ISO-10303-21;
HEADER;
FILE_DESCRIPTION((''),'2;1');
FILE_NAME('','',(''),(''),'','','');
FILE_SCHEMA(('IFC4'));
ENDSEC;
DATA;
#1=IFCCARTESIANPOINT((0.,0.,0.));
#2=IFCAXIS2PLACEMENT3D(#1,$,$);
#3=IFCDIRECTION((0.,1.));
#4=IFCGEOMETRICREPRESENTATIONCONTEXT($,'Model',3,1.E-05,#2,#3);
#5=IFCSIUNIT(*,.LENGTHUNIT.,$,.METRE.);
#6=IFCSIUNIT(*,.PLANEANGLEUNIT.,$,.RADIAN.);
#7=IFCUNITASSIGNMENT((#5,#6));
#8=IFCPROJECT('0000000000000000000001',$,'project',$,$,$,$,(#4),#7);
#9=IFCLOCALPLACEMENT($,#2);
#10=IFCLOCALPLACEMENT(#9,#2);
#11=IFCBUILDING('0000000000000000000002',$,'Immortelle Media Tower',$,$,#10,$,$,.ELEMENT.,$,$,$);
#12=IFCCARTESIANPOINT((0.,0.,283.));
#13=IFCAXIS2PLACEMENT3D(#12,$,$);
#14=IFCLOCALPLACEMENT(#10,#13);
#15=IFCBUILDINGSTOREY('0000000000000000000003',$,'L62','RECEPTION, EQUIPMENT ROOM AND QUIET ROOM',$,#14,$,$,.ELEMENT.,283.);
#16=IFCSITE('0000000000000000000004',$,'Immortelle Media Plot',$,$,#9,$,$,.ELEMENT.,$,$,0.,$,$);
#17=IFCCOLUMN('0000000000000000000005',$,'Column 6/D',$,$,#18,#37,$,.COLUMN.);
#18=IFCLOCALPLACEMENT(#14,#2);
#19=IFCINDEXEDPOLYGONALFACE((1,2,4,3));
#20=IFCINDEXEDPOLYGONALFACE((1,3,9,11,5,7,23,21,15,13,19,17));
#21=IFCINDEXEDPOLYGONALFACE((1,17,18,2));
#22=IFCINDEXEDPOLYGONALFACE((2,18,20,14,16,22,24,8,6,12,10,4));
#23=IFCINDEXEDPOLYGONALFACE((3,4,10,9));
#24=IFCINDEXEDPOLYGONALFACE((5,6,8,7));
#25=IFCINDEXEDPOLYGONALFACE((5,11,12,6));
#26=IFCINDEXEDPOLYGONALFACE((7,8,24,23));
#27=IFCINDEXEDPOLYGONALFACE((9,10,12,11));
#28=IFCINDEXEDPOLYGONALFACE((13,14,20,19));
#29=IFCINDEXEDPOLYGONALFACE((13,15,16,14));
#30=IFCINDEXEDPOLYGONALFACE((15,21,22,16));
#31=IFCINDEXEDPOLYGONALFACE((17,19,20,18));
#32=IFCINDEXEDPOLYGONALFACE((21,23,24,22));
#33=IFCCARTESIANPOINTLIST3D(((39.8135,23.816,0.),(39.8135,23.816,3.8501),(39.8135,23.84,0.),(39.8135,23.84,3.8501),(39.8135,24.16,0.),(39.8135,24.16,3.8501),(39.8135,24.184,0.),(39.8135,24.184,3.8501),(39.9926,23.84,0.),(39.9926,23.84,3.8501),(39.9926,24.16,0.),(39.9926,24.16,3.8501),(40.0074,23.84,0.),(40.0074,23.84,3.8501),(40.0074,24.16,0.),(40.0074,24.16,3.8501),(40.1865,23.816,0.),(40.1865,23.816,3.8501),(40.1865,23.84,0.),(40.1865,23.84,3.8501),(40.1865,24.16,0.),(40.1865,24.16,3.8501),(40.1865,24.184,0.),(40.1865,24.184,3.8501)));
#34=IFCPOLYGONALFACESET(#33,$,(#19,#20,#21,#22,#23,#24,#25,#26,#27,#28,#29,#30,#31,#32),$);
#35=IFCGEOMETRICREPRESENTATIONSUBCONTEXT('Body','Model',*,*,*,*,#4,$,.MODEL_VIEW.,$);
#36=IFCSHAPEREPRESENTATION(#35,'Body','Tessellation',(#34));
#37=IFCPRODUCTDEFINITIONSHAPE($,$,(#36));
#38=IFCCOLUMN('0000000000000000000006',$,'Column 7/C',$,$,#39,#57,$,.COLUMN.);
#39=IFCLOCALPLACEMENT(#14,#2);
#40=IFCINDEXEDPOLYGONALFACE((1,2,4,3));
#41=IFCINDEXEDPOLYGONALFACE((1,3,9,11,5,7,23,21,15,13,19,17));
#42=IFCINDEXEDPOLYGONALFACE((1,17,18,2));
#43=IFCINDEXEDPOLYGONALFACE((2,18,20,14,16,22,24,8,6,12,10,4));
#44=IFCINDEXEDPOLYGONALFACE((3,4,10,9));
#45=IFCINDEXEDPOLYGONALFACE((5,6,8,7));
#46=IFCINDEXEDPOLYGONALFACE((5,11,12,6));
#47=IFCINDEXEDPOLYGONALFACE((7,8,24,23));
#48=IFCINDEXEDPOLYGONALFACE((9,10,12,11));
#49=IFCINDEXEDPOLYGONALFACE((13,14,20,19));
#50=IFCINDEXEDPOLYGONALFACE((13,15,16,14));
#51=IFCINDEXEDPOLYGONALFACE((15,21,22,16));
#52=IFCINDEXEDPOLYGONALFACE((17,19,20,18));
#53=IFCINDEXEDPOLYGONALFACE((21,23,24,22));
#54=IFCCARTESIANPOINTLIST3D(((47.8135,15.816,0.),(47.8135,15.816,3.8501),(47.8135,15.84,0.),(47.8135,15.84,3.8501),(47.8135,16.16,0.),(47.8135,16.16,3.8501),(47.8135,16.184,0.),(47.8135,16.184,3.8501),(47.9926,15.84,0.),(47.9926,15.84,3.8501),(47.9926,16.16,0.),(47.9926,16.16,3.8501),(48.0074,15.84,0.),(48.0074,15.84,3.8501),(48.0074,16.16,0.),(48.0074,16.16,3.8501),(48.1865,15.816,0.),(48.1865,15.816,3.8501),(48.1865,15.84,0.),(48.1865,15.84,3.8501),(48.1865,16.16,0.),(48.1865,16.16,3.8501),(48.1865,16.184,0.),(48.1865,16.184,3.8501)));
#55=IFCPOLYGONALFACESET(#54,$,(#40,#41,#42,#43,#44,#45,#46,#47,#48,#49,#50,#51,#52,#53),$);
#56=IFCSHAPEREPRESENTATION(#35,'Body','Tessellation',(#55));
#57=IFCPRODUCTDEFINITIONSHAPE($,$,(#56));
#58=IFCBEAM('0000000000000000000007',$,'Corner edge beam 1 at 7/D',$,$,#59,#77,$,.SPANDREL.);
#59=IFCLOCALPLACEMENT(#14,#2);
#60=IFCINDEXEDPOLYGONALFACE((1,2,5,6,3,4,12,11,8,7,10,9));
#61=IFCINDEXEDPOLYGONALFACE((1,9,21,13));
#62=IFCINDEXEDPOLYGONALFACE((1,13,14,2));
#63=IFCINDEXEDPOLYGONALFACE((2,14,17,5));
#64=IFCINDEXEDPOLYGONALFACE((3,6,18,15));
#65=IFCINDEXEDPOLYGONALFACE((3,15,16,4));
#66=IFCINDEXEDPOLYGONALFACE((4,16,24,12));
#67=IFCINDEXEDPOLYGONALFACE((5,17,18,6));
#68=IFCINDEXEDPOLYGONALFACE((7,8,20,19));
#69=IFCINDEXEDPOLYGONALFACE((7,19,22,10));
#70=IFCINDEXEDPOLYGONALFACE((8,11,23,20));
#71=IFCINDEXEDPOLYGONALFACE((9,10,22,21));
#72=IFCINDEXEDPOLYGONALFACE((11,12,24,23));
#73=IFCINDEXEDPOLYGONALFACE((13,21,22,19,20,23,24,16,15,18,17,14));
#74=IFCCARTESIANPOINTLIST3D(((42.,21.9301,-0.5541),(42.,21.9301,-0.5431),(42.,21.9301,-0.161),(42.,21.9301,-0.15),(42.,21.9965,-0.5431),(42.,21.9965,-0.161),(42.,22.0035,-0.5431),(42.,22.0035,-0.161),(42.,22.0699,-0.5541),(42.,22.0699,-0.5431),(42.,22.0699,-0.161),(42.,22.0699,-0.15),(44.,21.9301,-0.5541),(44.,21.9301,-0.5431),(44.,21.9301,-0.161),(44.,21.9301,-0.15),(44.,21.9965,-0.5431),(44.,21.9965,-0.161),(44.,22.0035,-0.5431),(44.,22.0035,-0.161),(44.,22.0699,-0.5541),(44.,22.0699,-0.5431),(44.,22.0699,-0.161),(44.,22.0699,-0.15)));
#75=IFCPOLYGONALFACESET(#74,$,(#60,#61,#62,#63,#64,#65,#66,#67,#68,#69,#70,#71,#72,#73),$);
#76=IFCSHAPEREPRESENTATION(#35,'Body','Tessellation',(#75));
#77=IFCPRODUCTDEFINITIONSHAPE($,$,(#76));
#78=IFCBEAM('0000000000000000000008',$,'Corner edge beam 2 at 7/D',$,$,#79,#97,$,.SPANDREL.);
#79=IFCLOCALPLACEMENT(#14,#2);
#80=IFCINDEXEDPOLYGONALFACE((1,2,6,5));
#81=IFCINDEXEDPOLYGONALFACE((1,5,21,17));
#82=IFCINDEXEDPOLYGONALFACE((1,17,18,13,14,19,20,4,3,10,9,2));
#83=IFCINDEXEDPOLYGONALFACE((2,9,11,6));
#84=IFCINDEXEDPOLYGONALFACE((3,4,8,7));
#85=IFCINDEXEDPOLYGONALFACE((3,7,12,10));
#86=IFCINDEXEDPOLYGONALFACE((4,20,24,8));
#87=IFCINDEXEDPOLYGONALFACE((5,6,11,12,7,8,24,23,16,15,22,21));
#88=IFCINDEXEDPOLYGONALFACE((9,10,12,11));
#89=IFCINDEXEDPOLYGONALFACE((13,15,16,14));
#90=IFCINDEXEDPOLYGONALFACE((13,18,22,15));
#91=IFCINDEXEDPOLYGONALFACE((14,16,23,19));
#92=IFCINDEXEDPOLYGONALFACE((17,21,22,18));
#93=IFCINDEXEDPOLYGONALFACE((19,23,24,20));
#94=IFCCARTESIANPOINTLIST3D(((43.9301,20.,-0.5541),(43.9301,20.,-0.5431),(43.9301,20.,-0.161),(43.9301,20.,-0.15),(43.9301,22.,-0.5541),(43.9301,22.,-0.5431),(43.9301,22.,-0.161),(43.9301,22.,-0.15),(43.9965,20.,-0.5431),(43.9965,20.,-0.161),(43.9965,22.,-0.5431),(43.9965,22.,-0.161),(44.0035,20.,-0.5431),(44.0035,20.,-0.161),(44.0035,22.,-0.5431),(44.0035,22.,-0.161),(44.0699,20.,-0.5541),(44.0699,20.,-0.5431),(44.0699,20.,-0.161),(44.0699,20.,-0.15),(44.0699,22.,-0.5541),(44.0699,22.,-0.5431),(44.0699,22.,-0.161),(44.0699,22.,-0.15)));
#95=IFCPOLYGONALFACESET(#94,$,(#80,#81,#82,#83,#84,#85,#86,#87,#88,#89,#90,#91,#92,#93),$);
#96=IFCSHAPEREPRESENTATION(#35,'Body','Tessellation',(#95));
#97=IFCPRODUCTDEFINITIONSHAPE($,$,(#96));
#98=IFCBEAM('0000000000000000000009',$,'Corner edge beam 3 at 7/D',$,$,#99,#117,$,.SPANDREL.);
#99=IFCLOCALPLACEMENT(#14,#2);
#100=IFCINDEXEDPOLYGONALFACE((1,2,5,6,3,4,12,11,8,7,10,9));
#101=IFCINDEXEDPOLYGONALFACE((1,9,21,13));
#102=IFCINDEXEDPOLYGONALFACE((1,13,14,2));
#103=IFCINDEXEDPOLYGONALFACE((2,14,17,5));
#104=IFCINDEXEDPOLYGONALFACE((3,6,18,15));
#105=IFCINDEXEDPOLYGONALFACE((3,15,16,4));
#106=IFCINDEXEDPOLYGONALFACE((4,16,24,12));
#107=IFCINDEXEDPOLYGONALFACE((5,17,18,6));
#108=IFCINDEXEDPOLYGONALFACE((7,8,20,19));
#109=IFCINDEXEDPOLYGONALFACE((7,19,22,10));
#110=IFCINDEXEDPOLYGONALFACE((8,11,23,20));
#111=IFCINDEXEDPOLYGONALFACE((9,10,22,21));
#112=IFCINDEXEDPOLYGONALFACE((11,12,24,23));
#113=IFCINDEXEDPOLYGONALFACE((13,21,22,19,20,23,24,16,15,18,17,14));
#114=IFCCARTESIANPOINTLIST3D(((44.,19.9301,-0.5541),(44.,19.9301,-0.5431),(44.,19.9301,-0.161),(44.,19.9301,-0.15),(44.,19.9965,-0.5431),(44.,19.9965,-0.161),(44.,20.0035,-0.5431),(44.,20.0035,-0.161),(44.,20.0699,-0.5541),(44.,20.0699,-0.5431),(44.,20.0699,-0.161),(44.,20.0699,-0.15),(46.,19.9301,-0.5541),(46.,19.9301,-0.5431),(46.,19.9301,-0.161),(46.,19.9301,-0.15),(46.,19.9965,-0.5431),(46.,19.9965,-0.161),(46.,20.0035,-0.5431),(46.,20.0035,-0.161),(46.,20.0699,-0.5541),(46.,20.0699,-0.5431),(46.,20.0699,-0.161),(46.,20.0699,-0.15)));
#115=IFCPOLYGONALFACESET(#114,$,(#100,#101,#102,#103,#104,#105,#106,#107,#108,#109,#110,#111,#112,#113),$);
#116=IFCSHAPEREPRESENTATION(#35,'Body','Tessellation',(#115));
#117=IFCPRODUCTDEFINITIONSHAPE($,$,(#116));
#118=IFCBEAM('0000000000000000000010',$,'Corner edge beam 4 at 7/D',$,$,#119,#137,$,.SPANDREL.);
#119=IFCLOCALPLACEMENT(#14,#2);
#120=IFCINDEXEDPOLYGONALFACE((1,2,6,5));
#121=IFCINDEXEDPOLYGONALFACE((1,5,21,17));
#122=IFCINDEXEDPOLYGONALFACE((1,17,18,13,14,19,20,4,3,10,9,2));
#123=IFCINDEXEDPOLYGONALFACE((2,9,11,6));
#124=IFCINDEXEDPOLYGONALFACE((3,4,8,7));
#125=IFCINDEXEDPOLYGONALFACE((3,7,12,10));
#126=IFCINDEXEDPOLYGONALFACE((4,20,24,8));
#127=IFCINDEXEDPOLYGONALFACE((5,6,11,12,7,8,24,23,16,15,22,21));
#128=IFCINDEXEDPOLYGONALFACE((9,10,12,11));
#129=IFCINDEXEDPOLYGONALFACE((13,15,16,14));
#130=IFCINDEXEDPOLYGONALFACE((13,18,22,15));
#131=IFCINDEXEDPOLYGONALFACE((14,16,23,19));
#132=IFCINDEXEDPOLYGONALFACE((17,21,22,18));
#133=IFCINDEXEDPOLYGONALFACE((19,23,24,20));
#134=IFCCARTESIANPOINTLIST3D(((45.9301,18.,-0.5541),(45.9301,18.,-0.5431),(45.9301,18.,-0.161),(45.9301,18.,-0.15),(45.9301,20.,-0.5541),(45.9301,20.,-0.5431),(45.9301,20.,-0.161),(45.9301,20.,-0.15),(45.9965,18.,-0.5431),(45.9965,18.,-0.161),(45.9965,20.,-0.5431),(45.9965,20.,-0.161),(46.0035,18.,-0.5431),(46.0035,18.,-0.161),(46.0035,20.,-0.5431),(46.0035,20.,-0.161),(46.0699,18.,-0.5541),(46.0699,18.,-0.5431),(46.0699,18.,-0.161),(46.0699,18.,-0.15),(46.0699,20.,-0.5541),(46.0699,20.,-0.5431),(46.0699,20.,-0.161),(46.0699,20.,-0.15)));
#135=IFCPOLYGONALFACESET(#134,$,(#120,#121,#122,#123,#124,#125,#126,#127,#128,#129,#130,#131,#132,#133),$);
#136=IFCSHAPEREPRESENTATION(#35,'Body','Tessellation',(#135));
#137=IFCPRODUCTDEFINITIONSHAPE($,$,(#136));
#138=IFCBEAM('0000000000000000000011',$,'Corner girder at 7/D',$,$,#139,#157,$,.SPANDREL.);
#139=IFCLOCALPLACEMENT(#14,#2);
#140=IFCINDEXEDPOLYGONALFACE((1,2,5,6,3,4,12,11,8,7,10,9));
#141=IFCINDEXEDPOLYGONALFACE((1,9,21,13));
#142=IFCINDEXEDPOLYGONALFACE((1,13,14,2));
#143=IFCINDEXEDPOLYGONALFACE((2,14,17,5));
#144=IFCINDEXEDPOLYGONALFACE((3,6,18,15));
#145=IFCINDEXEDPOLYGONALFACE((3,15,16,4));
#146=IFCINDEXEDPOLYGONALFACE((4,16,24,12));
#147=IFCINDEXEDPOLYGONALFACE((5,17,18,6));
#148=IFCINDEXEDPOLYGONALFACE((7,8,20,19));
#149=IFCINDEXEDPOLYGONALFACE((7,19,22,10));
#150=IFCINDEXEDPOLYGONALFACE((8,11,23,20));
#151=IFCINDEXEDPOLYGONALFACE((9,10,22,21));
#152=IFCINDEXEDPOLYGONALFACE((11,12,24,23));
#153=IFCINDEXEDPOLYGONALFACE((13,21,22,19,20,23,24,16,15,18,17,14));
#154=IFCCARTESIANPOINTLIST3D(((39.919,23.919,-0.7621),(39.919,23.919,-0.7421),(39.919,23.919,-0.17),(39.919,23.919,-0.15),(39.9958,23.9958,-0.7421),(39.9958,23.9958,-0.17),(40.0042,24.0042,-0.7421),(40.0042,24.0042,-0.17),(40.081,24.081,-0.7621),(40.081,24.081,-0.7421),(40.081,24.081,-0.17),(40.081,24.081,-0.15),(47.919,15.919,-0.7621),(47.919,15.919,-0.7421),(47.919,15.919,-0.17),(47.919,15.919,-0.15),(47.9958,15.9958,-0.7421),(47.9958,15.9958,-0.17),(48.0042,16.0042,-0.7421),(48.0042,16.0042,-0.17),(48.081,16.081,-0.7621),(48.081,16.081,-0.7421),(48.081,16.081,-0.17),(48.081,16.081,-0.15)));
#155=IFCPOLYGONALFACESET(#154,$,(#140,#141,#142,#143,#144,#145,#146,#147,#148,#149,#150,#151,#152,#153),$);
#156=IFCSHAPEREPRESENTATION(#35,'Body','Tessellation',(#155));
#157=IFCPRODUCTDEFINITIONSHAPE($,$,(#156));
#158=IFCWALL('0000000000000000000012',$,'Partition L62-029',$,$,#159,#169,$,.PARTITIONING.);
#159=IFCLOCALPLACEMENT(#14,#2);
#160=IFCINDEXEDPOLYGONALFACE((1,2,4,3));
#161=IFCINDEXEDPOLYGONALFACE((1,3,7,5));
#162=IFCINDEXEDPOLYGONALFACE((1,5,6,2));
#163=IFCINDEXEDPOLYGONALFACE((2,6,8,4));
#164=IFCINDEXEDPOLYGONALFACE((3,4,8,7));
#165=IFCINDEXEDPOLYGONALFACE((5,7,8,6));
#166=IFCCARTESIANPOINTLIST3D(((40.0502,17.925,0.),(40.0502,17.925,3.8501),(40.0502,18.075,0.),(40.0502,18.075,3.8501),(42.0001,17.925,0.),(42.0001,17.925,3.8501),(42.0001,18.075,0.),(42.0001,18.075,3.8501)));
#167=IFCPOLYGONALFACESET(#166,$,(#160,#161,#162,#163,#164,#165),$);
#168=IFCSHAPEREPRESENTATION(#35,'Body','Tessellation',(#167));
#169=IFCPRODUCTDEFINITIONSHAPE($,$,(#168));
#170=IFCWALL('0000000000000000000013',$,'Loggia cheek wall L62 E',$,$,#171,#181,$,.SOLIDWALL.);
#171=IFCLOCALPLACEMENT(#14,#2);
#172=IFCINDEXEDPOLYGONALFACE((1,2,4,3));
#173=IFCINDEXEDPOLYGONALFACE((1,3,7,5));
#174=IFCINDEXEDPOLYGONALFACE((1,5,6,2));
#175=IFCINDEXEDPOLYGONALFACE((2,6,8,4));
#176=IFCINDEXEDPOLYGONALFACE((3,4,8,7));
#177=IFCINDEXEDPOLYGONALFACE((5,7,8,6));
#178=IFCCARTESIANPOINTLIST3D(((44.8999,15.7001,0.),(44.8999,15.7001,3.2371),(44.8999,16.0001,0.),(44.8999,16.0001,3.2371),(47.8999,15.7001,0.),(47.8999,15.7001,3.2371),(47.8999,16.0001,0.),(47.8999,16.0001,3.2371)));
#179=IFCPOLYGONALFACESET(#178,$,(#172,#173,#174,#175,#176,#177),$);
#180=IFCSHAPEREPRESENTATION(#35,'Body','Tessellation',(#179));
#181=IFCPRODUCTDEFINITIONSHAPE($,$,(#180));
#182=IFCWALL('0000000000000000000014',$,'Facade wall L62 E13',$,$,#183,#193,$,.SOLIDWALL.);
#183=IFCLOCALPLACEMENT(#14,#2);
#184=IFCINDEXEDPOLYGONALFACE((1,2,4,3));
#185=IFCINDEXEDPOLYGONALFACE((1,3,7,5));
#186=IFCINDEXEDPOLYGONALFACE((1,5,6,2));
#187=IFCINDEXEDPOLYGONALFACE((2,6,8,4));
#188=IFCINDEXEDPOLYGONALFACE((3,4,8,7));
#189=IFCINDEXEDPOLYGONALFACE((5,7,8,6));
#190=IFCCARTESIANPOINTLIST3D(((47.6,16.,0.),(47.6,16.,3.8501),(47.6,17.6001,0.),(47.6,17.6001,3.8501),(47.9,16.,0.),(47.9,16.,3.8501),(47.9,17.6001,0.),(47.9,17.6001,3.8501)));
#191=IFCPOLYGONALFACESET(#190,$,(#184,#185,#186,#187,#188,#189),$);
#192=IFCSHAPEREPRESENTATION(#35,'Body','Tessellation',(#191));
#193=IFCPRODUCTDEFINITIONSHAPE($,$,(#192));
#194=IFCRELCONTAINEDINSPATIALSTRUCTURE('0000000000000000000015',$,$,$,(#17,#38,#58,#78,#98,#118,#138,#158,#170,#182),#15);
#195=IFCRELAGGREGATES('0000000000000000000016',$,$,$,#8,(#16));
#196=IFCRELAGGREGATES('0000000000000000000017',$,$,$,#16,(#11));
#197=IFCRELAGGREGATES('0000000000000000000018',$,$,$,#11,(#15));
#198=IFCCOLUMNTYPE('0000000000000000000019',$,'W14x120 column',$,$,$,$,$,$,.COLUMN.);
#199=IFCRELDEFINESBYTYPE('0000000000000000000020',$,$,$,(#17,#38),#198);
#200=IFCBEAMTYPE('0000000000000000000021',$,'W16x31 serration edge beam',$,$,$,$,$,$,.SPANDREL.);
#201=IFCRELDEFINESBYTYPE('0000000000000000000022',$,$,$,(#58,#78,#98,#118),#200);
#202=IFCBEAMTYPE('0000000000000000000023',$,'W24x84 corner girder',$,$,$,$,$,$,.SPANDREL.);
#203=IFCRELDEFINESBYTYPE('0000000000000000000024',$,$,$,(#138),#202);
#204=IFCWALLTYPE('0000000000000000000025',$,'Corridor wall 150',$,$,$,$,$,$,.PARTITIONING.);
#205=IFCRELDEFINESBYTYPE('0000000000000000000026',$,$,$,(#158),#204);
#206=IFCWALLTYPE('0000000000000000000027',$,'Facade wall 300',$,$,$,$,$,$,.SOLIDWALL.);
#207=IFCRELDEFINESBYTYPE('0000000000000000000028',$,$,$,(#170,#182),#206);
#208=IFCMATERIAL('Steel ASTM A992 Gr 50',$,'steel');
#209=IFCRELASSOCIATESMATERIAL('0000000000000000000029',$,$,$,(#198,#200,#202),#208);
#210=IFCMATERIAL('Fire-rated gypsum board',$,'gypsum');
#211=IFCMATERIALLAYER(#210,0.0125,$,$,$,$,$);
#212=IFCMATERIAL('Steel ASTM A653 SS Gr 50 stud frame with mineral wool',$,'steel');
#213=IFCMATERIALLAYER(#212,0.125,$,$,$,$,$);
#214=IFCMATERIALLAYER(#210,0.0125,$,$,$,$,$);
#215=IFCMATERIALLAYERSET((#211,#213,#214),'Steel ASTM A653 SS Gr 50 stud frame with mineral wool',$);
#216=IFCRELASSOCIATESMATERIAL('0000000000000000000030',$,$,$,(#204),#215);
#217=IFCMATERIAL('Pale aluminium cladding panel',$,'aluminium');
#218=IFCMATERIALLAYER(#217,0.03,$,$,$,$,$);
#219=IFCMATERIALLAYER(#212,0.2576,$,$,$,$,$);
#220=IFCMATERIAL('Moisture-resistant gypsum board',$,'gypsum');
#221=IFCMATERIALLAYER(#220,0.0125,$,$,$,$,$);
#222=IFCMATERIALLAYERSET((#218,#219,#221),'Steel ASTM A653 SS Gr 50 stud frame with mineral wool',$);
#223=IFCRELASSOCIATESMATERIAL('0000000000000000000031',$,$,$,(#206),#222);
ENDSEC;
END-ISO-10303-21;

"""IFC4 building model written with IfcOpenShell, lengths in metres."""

from ifc_helpers import new_model, si_unit, direction, frame, frame_2d, origin, origin_2d, place, context, subcontext, project, spatial, rectangle, i_section, extrude, material, layer, layer_set, material_profile, profile_set, type_object, element, save


model = new_model("IFC4")

# Units and contexts
model_context = context("Model", 3, precision=1e-05, world=origin(), true_north=direction((0.0, 1.0)))
body_context = subcontext(model_context, "Body", "Model", "MODEL_VIEW")
ifc_project = project(units=[si_unit("LENGTHUNIT", "METRE"), si_unit("PLANEANGLEUNIT", "RADIAN")], contexts=[model_context])

# Site, building, storey
site_placement = place(None, origin())
site = spatial("IfcSite", under=ifc_project, at=site_placement, Name="Immortelle Media Plot", CompositionType="ELEMENT", RefElevation=0.0)
building_placement = place(site_placement, origin())
building = spatial("IfcBuilding", under=site, at=building_placement, Name="Immortelle Media Tower", CompositionType="ELEMENT")
storey_placement = place(building_placement, frame((0.0, 0.0, 283.0)))
storey = spatial("IfcBuildingStorey", under=building, at=storey_placement, Name="L62", Description="RECEPTION, EQUIPMENT ROOM AND QUIET ROOM", CompositionType="ELEMENT", Elevation=283.0)

# Columns
ifc_material_1 = material(Name="Steel ASTM A992 Gr 50", Category="steel")
ifc_material_profile_1 = material_profile(ifc_material_1, i_section(OverallWidth=0.373, OverallDepth=0.3679, WebThickness=0.0149, FlangeThickness=0.0239, at=origin_2d()), Name="W14x120")
ifc_profile_set_1 = profile_set([ifc_material_profile_1], Name="Steel ASTM A992 Gr 50")
column_type = type_object("IfcColumnType", Name="W14x120 column", PredefinedType="COLUMN", material=ifc_profile_set_1)
for number, where, z_axis, x_axis, name in (
    (1, (40.0, 24.0, 0.0), (0.0, 0.0, 1.0), (1.0, 0.0, 0.0), "Column 6/D"),
    (2, (48.0, 16.0, 0.0), (0.0, 0.0, 1.0), (1.0, 0.0, 0.0), "Column 7/C"),
):
    element("IfcColumn", number, at=place(storey_placement, frame(where, z_axis=z_axis, x_axis=x_axis)), inside=storey, type_object=column_type, Name=name, PredefinedType="COLUMN", context=body_context, shape_type="SweptSolid", body=[
        extrude(i_section(OverallWidth=0.373, OverallDepth=0.3679, WebThickness=0.0149, FlangeThickness=0.0239, at=origin_2d()), origin(), (0.0, 0.0, 1.0), 3.8501),
    ])

# Beams
ifc_material_profile_2 = material_profile(ifc_material_1, i_section(OverallWidth=0.1399, OverallDepth=0.4041, WebThickness=0.0071, FlangeThickness=0.011, at=origin_2d()), Name="W16x31")
ifc_profile_set_2 = profile_set([ifc_material_profile_2], Name="Steel ASTM A992 Gr 50")
beam_type_1 = type_object("IfcBeamType", Name="W16x31 serration edge beam", PredefinedType="SPANDREL", material=ifc_profile_set_2)
for number, where, z_axis, x_axis, name in (
    (3, (42.0, 22.0, -0.3521), (1.0, 0.0, 0.0), (0.0, 1.0, 0.0), "Corner edge beam 1 at 7/D"),
    (4, (44.0, 22.0, -0.3521), (0.0, -1.0, 0.0), (1.0, 0.0, 0.0), "Corner edge beam 2 at 7/D"),
    (5, (44.0, 20.0, -0.3521), (1.0, 0.0, 0.0), (0.0, 1.0, 0.0), "Corner edge beam 3 at 7/D"),
    (6, (46.0, 20.0, -0.3521), (0.0, -1.0, 0.0), (1.0, 0.0, 0.0), "Corner edge beam 4 at 7/D"),
):
    element("IfcBeam", number, at=place(storey_placement, frame(where, z_axis=z_axis, x_axis=x_axis)), inside=storey, type_object=beam_type_1, Name=name, PredefinedType="SPANDREL", context=body_context, shape_type="SweptSolid", body=[
        extrude(i_section(OverallWidth=0.1399, OverallDepth=0.4041, WebThickness=0.0071, FlangeThickness=0.011, at=origin_2d()), origin(), (0.0, 0.0, 1.0), 2.0),
    ])
ifc_material_profile_3 = material_profile(ifc_material_1, i_section(OverallWidth=0.229, OverallDepth=0.6121, WebThickness=0.012, FlangeThickness=0.02, at=origin_2d()), Name="W24x84")
ifc_profile_set_3 = profile_set([ifc_material_profile_3], Name="Steel ASTM A992 Gr 50")
beam_type_2 = type_object("IfcBeamType", Name="W24x84 corner girder", PredefinedType="SPANDREL", material=ifc_profile_set_3)
beam_placement = place(storey_placement, frame((40.0, 24.0, -0.4561), z_axis=(0.707107, -0.707107, 0.0), x_axis=(0.707107, 0.707107, 0.0)))
element("IfcBeam", 7, at=beam_placement, inside=storey, type_object=beam_type_2, Name="Corner girder at 7/D", PredefinedType="SPANDREL", context=body_context, shape_type="SweptSolid", body=[
    extrude(i_section(OverallWidth=0.229, OverallDepth=0.6121, WebThickness=0.012, FlangeThickness=0.02, at=origin_2d()), origin(), (0.0, 0.0, 1.0), 11.3137),
])

# Walls
ifc_material_2 = material(Name="Fire-rated gypsum board", Category="gypsum")
ifc_layer_1 = layer(ifc_material_2, 0.0125)
ifc_material_3 = material(Name="Steel ASTM A653 SS Gr 50 stud frame with mineral wool", Category="steel")
ifc_layer_2 = layer(ifc_material_3, 0.125)
ifc_layer_3 = layer(ifc_material_2, 0.0125)
ifc_layer_set_1 = layer_set([ifc_layer_1, ifc_layer_2, ifc_layer_3], Name="Steel ASTM A653 SS Gr 50 stud frame with mineral wool")
wall_type_1 = type_object("IfcWallType", Name="Corridor wall 150", PredefinedType="PARTITIONING", material=ifc_layer_set_1)
wall_1_placement = place(storey_placement, frame((40.05, 18.0, 0.0), z_axis=(0.0, 0.0, 1.0), x_axis=(1.0, 0.0, 0.0)))
element("IfcWall", 8, at=wall_1_placement, inside=storey, type_object=wall_type_1, Name="Partition L62-029", PredefinedType="PARTITIONING", context=body_context, shape_type="SweptSolid", body=[
    extrude(rectangle(XDim=1.95, YDim=0.1499, at=frame_2d((0.9751, 0.0))), origin(), (0.0, 0.0, 1.0), 3.8501),
])
ifc_material_4 = material(Name="Pale aluminium cladding panel", Category="aluminium")
ifc_layer_4 = layer(ifc_material_4, 0.03)
ifc_layer_5 = layer(ifc_material_3, 0.2576)
ifc_material_5 = material(Name="Moisture-resistant gypsum board", Category="gypsum")
ifc_layer_6 = layer(ifc_material_5, 0.0125)
ifc_layer_set_2 = layer_set([ifc_layer_4, ifc_layer_5, ifc_layer_6], Name="Steel ASTM A653 SS Gr 50 stud frame with mineral wool")
wall_type_2 = type_object("IfcWallType", Name="Facade wall 300", PredefinedType="SOLIDWALL", material=ifc_layer_set_2)
wall_2_placement = place(storey_placement, frame((47.8999, 15.8501, 0.0), z_axis=(0.0, 0.0, 1.0), x_axis=(-1.0, 0.0, 0.0)))
element("IfcWall", 9, at=wall_2_placement, inside=storey, type_object=wall_type_2, Name="Loggia cheek wall L62 E", PredefinedType="SOLIDWALL", context=body_context, shape_type="SweptSolid", body=[
    extrude(rectangle(XDim=3.0, YDim=0.3, at=frame_2d((1.5, 0.0))), origin(), (0.0, 0.0, 1.0), 3.2371),
])
wall_3_placement = place(storey_placement, frame((47.75, 16.0, 0.0), z_axis=(0.0, 0.0, 1.0), x_axis=(0.0, 1.0, 0.0)))
element("IfcWall", 10, at=wall_3_placement, inside=storey, type_object=wall_type_2, Name="Facade wall L62 E13", PredefinedType="SOLIDWALL", context=body_context, shape_type="SweptSolid", body=[
    extrude(rectangle(XDim=1.6001, YDim=0.3, at=frame_2d((0.8, 0.0))), origin(), (0.0, 0.0, 1.0), 3.8501),
])

save(model, "model.ifc")
